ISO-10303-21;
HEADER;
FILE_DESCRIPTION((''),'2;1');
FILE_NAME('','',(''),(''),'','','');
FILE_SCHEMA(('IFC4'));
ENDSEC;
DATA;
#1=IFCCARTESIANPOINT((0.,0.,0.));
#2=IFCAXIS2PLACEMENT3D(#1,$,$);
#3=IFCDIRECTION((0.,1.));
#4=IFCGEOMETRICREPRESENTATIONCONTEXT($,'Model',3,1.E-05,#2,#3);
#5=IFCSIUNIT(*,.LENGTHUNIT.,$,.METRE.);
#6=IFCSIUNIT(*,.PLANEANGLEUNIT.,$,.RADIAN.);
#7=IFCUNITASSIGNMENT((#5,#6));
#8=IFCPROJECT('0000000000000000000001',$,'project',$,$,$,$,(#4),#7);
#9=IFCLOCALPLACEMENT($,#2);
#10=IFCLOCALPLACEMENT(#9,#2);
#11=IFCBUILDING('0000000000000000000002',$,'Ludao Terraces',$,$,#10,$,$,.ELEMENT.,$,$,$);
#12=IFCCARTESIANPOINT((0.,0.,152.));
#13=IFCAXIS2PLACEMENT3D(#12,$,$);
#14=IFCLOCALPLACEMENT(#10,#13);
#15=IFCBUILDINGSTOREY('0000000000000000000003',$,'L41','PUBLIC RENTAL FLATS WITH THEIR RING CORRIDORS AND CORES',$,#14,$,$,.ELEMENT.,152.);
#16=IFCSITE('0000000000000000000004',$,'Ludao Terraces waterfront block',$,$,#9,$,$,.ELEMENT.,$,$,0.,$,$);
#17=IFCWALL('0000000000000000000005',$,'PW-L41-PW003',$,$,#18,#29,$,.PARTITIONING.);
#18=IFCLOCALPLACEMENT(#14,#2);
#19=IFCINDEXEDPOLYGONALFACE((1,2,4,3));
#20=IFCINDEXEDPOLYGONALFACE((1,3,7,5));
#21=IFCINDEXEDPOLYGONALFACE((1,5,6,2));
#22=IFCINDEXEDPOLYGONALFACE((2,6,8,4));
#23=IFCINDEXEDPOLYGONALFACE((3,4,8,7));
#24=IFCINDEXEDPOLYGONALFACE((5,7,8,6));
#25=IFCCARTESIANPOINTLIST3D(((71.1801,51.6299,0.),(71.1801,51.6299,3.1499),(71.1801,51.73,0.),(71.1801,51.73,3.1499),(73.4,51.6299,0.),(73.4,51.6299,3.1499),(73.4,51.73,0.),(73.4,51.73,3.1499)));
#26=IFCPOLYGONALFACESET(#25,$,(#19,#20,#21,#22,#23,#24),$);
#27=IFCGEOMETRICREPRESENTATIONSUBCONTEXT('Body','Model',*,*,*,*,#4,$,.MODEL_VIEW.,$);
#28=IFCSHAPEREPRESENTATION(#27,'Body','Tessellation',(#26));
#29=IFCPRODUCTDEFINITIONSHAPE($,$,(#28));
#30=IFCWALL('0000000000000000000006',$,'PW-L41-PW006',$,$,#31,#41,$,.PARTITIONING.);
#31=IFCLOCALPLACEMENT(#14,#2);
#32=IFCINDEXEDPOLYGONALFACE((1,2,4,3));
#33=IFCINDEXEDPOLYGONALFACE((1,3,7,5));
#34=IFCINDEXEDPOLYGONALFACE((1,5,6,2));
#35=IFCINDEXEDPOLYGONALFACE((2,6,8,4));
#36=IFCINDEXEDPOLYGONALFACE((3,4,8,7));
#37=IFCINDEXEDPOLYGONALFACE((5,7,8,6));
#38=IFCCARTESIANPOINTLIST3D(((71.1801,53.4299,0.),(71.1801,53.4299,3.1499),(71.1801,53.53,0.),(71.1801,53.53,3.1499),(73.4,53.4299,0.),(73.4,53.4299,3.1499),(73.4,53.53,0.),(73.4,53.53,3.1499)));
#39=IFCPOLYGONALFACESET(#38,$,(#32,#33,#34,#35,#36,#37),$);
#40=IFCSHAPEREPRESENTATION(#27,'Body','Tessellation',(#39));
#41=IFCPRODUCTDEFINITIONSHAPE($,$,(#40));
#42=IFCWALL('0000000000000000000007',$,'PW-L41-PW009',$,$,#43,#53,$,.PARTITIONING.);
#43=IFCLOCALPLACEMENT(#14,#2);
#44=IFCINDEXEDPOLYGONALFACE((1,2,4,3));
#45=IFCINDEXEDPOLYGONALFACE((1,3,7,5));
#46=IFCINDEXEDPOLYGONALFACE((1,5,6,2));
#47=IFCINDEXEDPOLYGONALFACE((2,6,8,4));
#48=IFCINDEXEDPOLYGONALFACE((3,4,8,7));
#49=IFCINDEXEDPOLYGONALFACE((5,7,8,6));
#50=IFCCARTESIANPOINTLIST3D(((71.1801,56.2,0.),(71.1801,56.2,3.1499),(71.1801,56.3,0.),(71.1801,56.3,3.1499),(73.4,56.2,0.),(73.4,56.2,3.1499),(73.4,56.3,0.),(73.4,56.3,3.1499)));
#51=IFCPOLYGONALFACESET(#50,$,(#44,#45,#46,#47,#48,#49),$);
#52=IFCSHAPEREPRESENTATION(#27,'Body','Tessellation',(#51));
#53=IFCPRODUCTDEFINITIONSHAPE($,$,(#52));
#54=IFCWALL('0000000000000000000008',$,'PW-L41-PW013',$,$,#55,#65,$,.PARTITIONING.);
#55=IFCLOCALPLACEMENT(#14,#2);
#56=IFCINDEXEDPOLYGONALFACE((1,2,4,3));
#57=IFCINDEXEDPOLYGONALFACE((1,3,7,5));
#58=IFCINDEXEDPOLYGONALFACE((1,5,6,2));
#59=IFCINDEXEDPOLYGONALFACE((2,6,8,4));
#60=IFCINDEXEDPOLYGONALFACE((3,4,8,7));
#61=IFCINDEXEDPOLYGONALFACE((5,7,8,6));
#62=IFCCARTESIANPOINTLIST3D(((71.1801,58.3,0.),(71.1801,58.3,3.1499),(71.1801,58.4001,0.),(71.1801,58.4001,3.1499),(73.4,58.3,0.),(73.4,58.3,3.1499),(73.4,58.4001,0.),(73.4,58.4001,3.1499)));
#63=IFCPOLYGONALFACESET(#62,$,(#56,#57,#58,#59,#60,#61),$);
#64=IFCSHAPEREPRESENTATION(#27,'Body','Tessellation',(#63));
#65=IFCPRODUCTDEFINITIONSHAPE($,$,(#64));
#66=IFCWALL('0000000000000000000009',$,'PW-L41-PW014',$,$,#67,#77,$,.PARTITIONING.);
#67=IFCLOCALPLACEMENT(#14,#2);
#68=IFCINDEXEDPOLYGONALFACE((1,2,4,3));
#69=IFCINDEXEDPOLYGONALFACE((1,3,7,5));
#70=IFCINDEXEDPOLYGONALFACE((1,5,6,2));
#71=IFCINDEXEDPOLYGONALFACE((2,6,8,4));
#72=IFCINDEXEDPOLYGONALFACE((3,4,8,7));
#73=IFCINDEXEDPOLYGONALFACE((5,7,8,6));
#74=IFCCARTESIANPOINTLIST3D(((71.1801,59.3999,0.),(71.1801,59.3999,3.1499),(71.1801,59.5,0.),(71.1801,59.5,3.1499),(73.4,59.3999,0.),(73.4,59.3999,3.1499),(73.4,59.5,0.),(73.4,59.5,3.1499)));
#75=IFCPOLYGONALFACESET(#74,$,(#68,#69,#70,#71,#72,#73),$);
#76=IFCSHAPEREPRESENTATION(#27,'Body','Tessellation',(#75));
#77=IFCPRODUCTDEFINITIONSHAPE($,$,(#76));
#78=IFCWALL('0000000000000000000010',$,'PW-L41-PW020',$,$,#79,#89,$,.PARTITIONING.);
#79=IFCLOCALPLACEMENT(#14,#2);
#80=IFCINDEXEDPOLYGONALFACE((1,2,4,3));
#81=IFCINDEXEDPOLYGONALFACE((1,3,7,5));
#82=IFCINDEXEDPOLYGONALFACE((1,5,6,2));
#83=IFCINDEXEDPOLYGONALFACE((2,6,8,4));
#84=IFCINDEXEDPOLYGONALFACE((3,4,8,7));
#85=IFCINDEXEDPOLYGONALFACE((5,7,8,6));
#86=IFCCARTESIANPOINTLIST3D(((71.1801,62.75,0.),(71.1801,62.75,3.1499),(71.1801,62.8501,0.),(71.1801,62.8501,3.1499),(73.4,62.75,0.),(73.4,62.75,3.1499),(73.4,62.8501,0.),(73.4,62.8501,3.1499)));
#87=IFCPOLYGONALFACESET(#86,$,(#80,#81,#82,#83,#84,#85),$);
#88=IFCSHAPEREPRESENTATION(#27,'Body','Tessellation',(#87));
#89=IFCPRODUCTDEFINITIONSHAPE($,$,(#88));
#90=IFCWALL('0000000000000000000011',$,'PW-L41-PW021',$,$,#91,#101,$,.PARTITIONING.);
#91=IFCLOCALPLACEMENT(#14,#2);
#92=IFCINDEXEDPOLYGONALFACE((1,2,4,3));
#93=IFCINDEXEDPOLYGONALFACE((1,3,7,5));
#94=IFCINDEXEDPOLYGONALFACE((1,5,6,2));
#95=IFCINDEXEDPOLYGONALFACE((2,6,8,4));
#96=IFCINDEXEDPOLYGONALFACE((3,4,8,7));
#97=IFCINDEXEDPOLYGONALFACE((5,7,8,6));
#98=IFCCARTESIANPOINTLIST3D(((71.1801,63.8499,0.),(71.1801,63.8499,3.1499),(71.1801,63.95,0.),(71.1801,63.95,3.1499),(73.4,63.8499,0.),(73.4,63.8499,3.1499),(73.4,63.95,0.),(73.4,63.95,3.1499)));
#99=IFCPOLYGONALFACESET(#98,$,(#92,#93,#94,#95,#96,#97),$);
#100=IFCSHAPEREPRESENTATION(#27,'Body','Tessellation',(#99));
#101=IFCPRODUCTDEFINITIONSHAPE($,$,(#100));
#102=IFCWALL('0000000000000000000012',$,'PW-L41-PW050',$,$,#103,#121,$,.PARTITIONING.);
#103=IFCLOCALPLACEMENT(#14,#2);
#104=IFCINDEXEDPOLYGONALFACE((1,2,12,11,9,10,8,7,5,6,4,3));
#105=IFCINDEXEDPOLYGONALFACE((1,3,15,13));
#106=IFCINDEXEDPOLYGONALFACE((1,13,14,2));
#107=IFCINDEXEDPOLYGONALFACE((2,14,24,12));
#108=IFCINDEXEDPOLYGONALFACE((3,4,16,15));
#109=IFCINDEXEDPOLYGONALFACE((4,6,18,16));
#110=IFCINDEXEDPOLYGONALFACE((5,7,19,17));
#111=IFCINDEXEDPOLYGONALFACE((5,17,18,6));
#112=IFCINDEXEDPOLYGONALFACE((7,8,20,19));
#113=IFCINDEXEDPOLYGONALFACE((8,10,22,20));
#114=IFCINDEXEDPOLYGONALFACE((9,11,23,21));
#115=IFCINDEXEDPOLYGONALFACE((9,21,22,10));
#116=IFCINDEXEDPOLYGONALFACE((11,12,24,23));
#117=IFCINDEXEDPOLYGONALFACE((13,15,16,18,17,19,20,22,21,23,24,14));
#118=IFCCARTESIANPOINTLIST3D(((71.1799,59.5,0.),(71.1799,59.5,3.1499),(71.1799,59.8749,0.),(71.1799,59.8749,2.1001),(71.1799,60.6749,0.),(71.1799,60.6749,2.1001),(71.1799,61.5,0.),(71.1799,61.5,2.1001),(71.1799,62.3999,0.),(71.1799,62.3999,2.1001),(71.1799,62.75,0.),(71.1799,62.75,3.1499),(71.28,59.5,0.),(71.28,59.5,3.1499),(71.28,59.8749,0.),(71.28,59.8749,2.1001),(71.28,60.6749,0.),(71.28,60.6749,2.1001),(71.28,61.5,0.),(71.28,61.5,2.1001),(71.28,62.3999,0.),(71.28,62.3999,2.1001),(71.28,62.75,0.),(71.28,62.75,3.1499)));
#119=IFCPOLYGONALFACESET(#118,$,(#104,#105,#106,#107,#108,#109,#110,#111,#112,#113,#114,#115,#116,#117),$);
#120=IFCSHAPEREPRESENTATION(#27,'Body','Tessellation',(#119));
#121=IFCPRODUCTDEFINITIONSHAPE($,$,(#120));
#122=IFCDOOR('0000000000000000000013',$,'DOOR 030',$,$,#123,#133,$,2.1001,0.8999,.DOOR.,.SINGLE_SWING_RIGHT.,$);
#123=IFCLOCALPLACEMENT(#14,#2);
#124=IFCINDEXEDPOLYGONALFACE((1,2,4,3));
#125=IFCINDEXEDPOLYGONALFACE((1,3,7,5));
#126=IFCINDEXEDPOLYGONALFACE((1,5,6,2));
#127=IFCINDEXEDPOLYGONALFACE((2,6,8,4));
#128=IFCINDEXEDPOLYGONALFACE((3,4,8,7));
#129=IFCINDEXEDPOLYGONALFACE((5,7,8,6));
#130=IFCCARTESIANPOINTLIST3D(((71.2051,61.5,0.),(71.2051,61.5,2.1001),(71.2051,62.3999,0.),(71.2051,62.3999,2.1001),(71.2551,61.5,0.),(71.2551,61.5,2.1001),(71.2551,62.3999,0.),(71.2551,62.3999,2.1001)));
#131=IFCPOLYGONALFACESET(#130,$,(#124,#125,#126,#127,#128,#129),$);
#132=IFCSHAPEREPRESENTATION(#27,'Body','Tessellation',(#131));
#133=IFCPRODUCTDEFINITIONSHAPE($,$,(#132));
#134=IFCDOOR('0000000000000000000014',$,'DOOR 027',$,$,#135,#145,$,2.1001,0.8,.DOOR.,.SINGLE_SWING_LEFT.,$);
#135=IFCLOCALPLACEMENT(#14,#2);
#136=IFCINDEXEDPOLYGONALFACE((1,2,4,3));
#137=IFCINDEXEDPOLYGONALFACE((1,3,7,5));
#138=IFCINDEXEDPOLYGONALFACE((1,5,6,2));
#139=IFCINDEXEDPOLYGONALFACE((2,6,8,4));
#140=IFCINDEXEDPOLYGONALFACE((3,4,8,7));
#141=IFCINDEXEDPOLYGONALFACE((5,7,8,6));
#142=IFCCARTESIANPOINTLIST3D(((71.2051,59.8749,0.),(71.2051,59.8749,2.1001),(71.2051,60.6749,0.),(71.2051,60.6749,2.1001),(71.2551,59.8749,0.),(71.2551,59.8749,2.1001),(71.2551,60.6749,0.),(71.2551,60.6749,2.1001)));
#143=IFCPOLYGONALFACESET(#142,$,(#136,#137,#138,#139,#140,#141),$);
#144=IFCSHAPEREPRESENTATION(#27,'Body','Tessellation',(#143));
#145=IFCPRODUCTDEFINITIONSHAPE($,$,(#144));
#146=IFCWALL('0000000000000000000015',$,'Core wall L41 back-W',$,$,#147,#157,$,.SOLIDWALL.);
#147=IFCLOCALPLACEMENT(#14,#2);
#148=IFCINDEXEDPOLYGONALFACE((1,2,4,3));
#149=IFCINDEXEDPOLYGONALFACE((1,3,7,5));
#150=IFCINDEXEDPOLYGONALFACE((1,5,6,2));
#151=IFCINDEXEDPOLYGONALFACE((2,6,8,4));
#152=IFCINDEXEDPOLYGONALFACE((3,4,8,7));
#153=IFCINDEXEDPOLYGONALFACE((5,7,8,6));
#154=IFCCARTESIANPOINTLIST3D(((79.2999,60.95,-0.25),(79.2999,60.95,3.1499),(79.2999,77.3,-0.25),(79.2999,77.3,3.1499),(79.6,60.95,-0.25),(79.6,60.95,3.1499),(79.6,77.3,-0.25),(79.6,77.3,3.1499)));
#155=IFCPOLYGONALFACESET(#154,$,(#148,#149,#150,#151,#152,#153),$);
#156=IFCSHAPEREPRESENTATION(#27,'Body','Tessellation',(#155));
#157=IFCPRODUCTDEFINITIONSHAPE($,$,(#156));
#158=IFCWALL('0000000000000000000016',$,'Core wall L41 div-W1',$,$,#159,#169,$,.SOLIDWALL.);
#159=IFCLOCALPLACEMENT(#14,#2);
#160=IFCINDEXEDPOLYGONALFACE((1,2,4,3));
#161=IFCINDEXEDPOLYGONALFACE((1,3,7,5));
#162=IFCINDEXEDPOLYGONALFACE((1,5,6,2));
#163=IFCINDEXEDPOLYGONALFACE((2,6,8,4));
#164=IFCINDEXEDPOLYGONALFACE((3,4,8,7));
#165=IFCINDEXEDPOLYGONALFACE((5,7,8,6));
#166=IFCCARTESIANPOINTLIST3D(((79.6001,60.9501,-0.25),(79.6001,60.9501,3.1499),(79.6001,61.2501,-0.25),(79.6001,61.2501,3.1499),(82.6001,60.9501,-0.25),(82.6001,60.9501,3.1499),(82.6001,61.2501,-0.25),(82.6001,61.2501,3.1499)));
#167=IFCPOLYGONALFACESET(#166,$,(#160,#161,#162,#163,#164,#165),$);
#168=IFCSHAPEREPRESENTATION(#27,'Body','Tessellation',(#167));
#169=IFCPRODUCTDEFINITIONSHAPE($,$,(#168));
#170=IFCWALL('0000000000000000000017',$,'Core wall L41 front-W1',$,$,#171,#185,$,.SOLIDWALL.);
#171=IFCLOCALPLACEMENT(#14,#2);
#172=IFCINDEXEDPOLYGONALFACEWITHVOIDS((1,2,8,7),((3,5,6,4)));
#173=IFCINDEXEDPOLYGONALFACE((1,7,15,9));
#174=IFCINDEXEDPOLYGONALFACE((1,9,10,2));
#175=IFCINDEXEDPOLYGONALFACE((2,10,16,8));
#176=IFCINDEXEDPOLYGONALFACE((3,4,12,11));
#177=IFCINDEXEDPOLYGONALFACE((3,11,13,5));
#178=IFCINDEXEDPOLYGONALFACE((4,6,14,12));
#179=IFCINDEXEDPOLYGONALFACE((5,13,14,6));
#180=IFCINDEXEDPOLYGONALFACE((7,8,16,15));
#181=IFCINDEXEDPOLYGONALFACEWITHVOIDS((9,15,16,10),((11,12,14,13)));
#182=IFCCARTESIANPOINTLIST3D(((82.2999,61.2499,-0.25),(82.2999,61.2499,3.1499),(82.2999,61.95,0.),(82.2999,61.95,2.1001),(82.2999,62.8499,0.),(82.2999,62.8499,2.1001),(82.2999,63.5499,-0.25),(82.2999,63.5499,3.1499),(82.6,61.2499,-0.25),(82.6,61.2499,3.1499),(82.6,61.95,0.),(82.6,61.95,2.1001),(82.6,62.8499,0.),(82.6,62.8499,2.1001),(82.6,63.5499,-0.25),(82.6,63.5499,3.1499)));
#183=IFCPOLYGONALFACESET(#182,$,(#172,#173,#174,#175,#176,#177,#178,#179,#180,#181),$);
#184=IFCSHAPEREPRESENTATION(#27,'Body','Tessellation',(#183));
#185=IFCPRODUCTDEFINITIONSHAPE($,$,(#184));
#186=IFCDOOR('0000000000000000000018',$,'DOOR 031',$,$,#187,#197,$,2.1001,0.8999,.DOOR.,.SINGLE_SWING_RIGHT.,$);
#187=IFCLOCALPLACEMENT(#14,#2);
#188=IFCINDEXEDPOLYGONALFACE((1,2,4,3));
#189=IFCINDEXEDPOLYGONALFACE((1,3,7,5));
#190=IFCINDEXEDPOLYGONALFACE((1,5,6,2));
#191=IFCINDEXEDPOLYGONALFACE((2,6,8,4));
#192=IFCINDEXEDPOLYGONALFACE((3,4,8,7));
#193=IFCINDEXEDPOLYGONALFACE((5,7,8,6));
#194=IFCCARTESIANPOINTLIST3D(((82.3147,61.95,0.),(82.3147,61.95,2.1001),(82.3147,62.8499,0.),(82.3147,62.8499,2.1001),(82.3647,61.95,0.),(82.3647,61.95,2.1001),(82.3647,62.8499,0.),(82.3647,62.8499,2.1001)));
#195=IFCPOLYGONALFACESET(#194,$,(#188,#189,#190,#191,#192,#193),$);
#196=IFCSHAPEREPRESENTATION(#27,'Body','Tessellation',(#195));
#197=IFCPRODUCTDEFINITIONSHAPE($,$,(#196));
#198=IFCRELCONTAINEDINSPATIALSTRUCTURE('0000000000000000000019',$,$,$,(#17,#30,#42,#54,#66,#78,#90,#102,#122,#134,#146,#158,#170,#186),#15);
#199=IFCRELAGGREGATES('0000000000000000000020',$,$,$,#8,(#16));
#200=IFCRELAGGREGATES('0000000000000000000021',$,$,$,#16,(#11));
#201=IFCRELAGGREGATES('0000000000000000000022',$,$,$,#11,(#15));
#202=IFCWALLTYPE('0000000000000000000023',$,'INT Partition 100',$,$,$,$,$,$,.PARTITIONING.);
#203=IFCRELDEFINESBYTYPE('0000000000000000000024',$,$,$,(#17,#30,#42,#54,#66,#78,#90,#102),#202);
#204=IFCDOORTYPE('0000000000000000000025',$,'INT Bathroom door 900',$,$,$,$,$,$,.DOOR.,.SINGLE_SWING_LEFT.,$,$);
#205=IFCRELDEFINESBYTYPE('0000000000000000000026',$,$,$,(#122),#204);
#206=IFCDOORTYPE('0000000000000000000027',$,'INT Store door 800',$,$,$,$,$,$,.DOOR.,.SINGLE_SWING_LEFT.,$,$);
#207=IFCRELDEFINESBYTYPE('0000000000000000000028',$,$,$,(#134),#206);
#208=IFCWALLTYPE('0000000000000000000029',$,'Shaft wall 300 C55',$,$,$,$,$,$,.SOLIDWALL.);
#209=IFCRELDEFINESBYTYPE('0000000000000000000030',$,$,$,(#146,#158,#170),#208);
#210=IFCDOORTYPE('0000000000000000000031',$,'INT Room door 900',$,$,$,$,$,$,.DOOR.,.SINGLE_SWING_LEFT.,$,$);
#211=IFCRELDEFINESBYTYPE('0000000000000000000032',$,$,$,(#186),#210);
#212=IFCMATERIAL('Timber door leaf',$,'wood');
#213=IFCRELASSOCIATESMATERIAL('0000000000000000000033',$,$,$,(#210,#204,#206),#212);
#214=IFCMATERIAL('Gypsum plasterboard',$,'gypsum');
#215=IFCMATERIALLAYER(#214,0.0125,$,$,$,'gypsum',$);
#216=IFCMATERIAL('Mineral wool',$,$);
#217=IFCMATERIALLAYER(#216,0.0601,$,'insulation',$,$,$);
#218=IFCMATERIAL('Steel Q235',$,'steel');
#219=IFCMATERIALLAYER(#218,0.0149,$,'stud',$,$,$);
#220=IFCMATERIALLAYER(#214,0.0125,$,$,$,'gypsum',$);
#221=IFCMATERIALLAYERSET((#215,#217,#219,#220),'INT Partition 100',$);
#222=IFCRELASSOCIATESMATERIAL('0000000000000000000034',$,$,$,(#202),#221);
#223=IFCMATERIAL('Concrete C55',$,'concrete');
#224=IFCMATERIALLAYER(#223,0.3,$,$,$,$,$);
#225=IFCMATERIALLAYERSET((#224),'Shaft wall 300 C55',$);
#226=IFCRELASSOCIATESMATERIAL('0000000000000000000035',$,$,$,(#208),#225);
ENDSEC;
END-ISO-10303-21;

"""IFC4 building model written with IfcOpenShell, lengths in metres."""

from ifc_helpers import new_model, si_unit, direction, frame, frame_2d, origin, place, context, subcontext, project, spatial, rectangle, extrude, material, layer, layer_set, type_object, element, fill, save


model = new_model("IFC4")

# Units and contexts
model_context = context("Model", 3, precision=1e-05, world=origin(), true_north=direction((0.0, 1.0)))
body_context = subcontext(model_context, "Body", "Model", "MODEL_VIEW")
ifc_project = project(units=[si_unit("LENGTHUNIT", "METRE"), si_unit("PLANEANGLEUNIT", "RADIAN")], contexts=[model_context])

# Site, building, storey
site_placement = place(None, origin())
site = spatial("IfcSite", under=ifc_project, at=site_placement, Name="Ludao Terraces waterfront block", CompositionType="ELEMENT", RefElevation=0.0)
building_placement = place(site_placement, origin())
building = spatial("IfcBuilding", under=site, at=building_placement, Name="Ludao Terraces", CompositionType="ELEMENT")
storey_placement = place(building_placement, frame((0.0, 0.0, 152.0)))
storey = spatial("IfcBuildingStorey", under=building, at=storey_placement, Name="L41", Description="PUBLIC RENTAL FLATS WITH THEIR RING CORRIDORS AND CORES", CompositionType="ELEMENT", Elevation=152.0)

# Shared definitions
ifc_material_1 = material(Name="Steel Q235", Category="steel")
ifc_material_2 = material(Name="Timber door leaf", Category="wood")
door_type_1 = type_object("IfcDoorType", Name="INT Room door 900", OperationType="SINGLE_SWING_LEFT", PredefinedType="DOOR", material=ifc_material_2)

# Shared definitions
ifc_material_3 = material(Name="Mineral wool")

# Walls
ifc_material_4 = material(Name="Gypsum plasterboard", Category="gypsum")
ifc_layer_1 = layer(ifc_material_4, 0.0125, Category="gypsum")
ifc_layer_2 = layer(ifc_material_3, 0.0601, Name="insulation")
ifc_layer_3 = layer(ifc_material_1, 0.0149, Name="stud")
ifc_layer_4 = layer(ifc_material_4, 0.0125, Category="gypsum")
ifc_layer_set_1 = layer_set([ifc_layer_1, ifc_layer_2, ifc_layer_3, ifc_layer_4], Name="INT Partition 100")
wall_type_1 = type_object("IfcWallType", Name="INT Partition 100", PredefinedType="PARTITIONING", material=ifc_layer_set_1)
for number, where, z_axis, x_axis, name in (
    (1, (71.1802, 51.6799, 0.0), (0.0, 0.0, 1.0), (1.0, 0.0, 0.0), "PW-L41-PW003"),
    (2, (71.1802, 53.48, 0.0), (0.0, 0.0, 1.0), (1.0, 0.0, 0.0), "PW-L41-PW006"),
    (3, (71.1802, 56.25, 0.0), (0.0, 0.0, 1.0), (1.0, 0.0, 0.0), "PW-L41-PW009"),
    (4, (71.1802, 58.3501, 0.0), (0.0, 0.0, 1.0), (1.0, 0.0, 0.0), "PW-L41-PW013"),
    (5, (71.1802, 59.45, 0.0), (0.0, 0.0, 1.0), (1.0, 0.0, 0.0), "PW-L41-PW014"),
    (6, (71.1802, 62.8, 0.0), (0.0, 0.0, 1.0), (1.0, 0.0, 0.0), "PW-L41-PW020"),
    (7, (71.1802, 63.8999, 0.0), (0.0, 0.0, 1.0), (1.0, 0.0, 0.0), "PW-L41-PW021"),
):
    element("IfcWall", number, at=place(storey_placement, frame(where, z_axis=z_axis, x_axis=x_axis)), inside=storey, type_object=wall_type_1, Name=name, PredefinedType="PARTITIONING", context=body_context, shape_type="SweptSolid", body=[
        extrude(rectangle(XDim=2.22, YDim=0.1001, at=frame_2d((1.1099, 0.0))), origin(), (0.0, 0.0, 1.0), 3.1499),
    ])

# Wall, openings, doors
wall_1_placement = place(storey_placement, frame((71.23, 59.5, 0.0), z_axis=(0.0, 0.0, 1.0), x_axis=(0.0, 1.0, 0.0)))
wall_1 = element("IfcWall", 8, at=wall_1_placement, inside=storey, type_object=wall_type_1, Name="PW-L41-PW050", PredefinedType="PARTITIONING", context=body_context, shape_type="SweptSolid", body=[
    extrude(rectangle(XDim=3.25, YDim=0.1001, at=frame_2d((1.625, 0.0))), origin(), (0.0, 0.0, 1.0), 3.1499),
])
opening_1_placement = place(wall_1_placement, frame((0.375, 0.0, 0.0)))
opening_1 = element("IfcOpeningElement", 9, at=opening_1_placement, cuts=wall_1, PredefinedType="OPENING", context=body_context, shape_type="SweptSolid", body=[
    extrude(rectangle(XDim=0.8, YDim=2.1001, at=frame_2d((0.3999, 1.05))), frame((0.0, 0.0601, 0.0), z_axis=(0.0, -1.0, 0.0), x_axis=(1.0, 0.0, 0.0)), (0.0, 0.0, 1.0), 0.1201),
])
opening_2_placement = place(wall_1_placement, frame((2.0, 0.0, 0.0)))
opening_2 = element("IfcOpeningElement", 10, at=opening_2_placement, cuts=wall_1, PredefinedType="OPENING", context=body_context, shape_type="SweptSolid", body=[
    extrude(rectangle(XDim=0.8999, YDim=2.1001, at=frame_2d((0.45, 1.05))), frame((0.0, 0.0601, 0.0), z_axis=(0.0, -1.0, 0.0), x_axis=(1.0, 0.0, 0.0)), (0.0, 0.0, 1.0), 0.1201),
])
door_type_2 = type_object("IfcDoorType", Name="INT Bathroom door 900", OperationType="SINGLE_SWING_LEFT", PredefinedType="DOOR", material=ifc_material_2)
door_1_placement = place(opening_2_placement, origin())
door_1 = element("IfcDoor", 11, at=door_1_placement, inside=storey, type_object=door_type_2, Name="DOOR 030", OperationType="SINGLE_SWING_RIGHT", OverallHeight=2.1001, OverallWidth=0.8999, PredefinedType="DOOR", context=body_context, shape_type="SweptSolid", body=[
    extrude(rectangle(XDim=0.8999, YDim=2.1001, at=frame_2d((0.45, 1.05))), frame((0.0, 0.0249, 0.0), z_axis=(0.0, -1.0, 0.0), x_axis=(1.0, 0.0, 0.0)), (0.0, 0.0, 1.0), 0.05),
])
fill(opening_2, door_1)
door_type_3 = type_object("IfcDoorType", Name="INT Store door 800", OperationType="SINGLE_SWING_LEFT", PredefinedType="DOOR", material=ifc_material_2)
door_2_placement = place(opening_1_placement, origin())
door_2 = element("IfcDoor", 12, at=door_2_placement, inside=storey, type_object=door_type_3, Name="DOOR 027", OperationType="SINGLE_SWING_LEFT", OverallHeight=2.1001, OverallWidth=0.8, PredefinedType="DOOR", context=body_context, shape_type="SweptSolid", body=[
    extrude(rectangle(XDim=0.8, YDim=2.1001, at=frame_2d((0.3999, 1.05))), frame((0.0, 0.0249, 0.0), z_axis=(0.0, -1.0, 0.0), x_axis=(1.0, 0.0, 0.0)), (0.0, 0.0, 1.0), 0.05),
])
fill(opening_1, door_2)

# Walls
ifc_material_5 = material(Name="Concrete C55", Category="concrete")
ifc_layer_5 = layer(ifc_material_5, 0.3)
ifc_layer_set_2 = layer_set([ifc_layer_5], Name="Shaft wall 300 C55")
wall_type_2 = type_object("IfcWallType", Name="Shaft wall 300 C55", PredefinedType="SOLIDWALL", material=ifc_layer_set_2)
wall_2_placement = place(storey_placement, frame((79.45, 60.95, -0.25), z_axis=(0.0, 0.0, 1.0), x_axis=(0.0, 1.0, 0.0)))
element("IfcWall", 13, at=wall_2_placement, inside=storey, type_object=wall_type_2, Name="Core wall L41 back-W", PredefinedType="SOLIDWALL", context=body_context, shape_type="SweptSolid", body=[
    extrude(rectangle(XDim=16.3501, YDim=0.3, at=frame_2d((8.175, 0.0))), origin(), (0.0, 0.0, 1.0), 3.3999),
])
wall_3_placement = place(storey_placement, frame((79.6001, 61.1001, -0.25), z_axis=(0.0, 0.0, 1.0), x_axis=(1.0, 0.0, 0.0)))
element("IfcWall", 14, at=wall_3_placement, inside=storey, type_object=wall_type_2, Name="Core wall L41 div-W1", PredefinedType="SOLIDWALL", context=body_context, shape_type="SweptSolid", body=[
    extrude(rectangle(XDim=3.0, YDim=0.3, at=frame_2d((1.5, 0.0))), origin(), (0.0, 0.0, 1.0), 3.3999),
])

# Wall, opening, door
wall_4_placement = place(storey_placement, frame((82.45, 61.25, -0.25), z_axis=(0.0, 0.0, 1.0), x_axis=(0.0, 1.0, 0.0)))
wall_4 = element("IfcWall", 15, at=wall_4_placement, inside=storey, type_object=wall_type_2, Name="Core wall L41 front-W1", PredefinedType="SOLIDWALL", context=body_context, shape_type="SweptSolid", body=[
    extrude(rectangle(XDim=2.3, YDim=0.3, at=frame_2d((1.1499, 0.0))), origin(), (0.0, 0.0, 1.0), 3.3999),
])
opening_3_placement = place(wall_4_placement, frame((0.7, 0.0, 0.25)))
opening_3 = element("IfcOpeningElement", 16, at=opening_3_placement, cuts=wall_4, PredefinedType="OPENING", context=body_context, shape_type="SweptSolid", body=[
    extrude(rectangle(XDim=0.8999, YDim=2.1001, at=frame_2d((0.45, 1.05))), frame((0.0, 0.1602, 0.0), z_axis=(0.0, -1.0, 0.0), x_axis=(1.0, 0.0, 0.0)), (0.0, 0.0, 1.0), 0.3201),
])
door_3_placement = place(opening_3_placement, origin())
door_3 = element("IfcDoor", 17, at=door_3_placement, inside=storey, type_object=door_type_1, Name="DOOR 031", OperationType="SINGLE_SWING_RIGHT", OverallHeight=2.1001, OverallWidth=0.8999, PredefinedType="DOOR", context=body_context, shape_type="SweptSolid", body=[
    extrude(rectangle(XDim=0.8999, YDim=2.1001, at=frame_2d((0.45, 1.05))), frame((0.0, 0.1353, 0.0), z_axis=(0.0, -1.0, 0.0), x_axis=(1.0, 0.0, 0.0)), (0.0, 0.0, 1.0), 0.05),
])
fill(opening_3, door_3)

save(model, "model.ifc")
